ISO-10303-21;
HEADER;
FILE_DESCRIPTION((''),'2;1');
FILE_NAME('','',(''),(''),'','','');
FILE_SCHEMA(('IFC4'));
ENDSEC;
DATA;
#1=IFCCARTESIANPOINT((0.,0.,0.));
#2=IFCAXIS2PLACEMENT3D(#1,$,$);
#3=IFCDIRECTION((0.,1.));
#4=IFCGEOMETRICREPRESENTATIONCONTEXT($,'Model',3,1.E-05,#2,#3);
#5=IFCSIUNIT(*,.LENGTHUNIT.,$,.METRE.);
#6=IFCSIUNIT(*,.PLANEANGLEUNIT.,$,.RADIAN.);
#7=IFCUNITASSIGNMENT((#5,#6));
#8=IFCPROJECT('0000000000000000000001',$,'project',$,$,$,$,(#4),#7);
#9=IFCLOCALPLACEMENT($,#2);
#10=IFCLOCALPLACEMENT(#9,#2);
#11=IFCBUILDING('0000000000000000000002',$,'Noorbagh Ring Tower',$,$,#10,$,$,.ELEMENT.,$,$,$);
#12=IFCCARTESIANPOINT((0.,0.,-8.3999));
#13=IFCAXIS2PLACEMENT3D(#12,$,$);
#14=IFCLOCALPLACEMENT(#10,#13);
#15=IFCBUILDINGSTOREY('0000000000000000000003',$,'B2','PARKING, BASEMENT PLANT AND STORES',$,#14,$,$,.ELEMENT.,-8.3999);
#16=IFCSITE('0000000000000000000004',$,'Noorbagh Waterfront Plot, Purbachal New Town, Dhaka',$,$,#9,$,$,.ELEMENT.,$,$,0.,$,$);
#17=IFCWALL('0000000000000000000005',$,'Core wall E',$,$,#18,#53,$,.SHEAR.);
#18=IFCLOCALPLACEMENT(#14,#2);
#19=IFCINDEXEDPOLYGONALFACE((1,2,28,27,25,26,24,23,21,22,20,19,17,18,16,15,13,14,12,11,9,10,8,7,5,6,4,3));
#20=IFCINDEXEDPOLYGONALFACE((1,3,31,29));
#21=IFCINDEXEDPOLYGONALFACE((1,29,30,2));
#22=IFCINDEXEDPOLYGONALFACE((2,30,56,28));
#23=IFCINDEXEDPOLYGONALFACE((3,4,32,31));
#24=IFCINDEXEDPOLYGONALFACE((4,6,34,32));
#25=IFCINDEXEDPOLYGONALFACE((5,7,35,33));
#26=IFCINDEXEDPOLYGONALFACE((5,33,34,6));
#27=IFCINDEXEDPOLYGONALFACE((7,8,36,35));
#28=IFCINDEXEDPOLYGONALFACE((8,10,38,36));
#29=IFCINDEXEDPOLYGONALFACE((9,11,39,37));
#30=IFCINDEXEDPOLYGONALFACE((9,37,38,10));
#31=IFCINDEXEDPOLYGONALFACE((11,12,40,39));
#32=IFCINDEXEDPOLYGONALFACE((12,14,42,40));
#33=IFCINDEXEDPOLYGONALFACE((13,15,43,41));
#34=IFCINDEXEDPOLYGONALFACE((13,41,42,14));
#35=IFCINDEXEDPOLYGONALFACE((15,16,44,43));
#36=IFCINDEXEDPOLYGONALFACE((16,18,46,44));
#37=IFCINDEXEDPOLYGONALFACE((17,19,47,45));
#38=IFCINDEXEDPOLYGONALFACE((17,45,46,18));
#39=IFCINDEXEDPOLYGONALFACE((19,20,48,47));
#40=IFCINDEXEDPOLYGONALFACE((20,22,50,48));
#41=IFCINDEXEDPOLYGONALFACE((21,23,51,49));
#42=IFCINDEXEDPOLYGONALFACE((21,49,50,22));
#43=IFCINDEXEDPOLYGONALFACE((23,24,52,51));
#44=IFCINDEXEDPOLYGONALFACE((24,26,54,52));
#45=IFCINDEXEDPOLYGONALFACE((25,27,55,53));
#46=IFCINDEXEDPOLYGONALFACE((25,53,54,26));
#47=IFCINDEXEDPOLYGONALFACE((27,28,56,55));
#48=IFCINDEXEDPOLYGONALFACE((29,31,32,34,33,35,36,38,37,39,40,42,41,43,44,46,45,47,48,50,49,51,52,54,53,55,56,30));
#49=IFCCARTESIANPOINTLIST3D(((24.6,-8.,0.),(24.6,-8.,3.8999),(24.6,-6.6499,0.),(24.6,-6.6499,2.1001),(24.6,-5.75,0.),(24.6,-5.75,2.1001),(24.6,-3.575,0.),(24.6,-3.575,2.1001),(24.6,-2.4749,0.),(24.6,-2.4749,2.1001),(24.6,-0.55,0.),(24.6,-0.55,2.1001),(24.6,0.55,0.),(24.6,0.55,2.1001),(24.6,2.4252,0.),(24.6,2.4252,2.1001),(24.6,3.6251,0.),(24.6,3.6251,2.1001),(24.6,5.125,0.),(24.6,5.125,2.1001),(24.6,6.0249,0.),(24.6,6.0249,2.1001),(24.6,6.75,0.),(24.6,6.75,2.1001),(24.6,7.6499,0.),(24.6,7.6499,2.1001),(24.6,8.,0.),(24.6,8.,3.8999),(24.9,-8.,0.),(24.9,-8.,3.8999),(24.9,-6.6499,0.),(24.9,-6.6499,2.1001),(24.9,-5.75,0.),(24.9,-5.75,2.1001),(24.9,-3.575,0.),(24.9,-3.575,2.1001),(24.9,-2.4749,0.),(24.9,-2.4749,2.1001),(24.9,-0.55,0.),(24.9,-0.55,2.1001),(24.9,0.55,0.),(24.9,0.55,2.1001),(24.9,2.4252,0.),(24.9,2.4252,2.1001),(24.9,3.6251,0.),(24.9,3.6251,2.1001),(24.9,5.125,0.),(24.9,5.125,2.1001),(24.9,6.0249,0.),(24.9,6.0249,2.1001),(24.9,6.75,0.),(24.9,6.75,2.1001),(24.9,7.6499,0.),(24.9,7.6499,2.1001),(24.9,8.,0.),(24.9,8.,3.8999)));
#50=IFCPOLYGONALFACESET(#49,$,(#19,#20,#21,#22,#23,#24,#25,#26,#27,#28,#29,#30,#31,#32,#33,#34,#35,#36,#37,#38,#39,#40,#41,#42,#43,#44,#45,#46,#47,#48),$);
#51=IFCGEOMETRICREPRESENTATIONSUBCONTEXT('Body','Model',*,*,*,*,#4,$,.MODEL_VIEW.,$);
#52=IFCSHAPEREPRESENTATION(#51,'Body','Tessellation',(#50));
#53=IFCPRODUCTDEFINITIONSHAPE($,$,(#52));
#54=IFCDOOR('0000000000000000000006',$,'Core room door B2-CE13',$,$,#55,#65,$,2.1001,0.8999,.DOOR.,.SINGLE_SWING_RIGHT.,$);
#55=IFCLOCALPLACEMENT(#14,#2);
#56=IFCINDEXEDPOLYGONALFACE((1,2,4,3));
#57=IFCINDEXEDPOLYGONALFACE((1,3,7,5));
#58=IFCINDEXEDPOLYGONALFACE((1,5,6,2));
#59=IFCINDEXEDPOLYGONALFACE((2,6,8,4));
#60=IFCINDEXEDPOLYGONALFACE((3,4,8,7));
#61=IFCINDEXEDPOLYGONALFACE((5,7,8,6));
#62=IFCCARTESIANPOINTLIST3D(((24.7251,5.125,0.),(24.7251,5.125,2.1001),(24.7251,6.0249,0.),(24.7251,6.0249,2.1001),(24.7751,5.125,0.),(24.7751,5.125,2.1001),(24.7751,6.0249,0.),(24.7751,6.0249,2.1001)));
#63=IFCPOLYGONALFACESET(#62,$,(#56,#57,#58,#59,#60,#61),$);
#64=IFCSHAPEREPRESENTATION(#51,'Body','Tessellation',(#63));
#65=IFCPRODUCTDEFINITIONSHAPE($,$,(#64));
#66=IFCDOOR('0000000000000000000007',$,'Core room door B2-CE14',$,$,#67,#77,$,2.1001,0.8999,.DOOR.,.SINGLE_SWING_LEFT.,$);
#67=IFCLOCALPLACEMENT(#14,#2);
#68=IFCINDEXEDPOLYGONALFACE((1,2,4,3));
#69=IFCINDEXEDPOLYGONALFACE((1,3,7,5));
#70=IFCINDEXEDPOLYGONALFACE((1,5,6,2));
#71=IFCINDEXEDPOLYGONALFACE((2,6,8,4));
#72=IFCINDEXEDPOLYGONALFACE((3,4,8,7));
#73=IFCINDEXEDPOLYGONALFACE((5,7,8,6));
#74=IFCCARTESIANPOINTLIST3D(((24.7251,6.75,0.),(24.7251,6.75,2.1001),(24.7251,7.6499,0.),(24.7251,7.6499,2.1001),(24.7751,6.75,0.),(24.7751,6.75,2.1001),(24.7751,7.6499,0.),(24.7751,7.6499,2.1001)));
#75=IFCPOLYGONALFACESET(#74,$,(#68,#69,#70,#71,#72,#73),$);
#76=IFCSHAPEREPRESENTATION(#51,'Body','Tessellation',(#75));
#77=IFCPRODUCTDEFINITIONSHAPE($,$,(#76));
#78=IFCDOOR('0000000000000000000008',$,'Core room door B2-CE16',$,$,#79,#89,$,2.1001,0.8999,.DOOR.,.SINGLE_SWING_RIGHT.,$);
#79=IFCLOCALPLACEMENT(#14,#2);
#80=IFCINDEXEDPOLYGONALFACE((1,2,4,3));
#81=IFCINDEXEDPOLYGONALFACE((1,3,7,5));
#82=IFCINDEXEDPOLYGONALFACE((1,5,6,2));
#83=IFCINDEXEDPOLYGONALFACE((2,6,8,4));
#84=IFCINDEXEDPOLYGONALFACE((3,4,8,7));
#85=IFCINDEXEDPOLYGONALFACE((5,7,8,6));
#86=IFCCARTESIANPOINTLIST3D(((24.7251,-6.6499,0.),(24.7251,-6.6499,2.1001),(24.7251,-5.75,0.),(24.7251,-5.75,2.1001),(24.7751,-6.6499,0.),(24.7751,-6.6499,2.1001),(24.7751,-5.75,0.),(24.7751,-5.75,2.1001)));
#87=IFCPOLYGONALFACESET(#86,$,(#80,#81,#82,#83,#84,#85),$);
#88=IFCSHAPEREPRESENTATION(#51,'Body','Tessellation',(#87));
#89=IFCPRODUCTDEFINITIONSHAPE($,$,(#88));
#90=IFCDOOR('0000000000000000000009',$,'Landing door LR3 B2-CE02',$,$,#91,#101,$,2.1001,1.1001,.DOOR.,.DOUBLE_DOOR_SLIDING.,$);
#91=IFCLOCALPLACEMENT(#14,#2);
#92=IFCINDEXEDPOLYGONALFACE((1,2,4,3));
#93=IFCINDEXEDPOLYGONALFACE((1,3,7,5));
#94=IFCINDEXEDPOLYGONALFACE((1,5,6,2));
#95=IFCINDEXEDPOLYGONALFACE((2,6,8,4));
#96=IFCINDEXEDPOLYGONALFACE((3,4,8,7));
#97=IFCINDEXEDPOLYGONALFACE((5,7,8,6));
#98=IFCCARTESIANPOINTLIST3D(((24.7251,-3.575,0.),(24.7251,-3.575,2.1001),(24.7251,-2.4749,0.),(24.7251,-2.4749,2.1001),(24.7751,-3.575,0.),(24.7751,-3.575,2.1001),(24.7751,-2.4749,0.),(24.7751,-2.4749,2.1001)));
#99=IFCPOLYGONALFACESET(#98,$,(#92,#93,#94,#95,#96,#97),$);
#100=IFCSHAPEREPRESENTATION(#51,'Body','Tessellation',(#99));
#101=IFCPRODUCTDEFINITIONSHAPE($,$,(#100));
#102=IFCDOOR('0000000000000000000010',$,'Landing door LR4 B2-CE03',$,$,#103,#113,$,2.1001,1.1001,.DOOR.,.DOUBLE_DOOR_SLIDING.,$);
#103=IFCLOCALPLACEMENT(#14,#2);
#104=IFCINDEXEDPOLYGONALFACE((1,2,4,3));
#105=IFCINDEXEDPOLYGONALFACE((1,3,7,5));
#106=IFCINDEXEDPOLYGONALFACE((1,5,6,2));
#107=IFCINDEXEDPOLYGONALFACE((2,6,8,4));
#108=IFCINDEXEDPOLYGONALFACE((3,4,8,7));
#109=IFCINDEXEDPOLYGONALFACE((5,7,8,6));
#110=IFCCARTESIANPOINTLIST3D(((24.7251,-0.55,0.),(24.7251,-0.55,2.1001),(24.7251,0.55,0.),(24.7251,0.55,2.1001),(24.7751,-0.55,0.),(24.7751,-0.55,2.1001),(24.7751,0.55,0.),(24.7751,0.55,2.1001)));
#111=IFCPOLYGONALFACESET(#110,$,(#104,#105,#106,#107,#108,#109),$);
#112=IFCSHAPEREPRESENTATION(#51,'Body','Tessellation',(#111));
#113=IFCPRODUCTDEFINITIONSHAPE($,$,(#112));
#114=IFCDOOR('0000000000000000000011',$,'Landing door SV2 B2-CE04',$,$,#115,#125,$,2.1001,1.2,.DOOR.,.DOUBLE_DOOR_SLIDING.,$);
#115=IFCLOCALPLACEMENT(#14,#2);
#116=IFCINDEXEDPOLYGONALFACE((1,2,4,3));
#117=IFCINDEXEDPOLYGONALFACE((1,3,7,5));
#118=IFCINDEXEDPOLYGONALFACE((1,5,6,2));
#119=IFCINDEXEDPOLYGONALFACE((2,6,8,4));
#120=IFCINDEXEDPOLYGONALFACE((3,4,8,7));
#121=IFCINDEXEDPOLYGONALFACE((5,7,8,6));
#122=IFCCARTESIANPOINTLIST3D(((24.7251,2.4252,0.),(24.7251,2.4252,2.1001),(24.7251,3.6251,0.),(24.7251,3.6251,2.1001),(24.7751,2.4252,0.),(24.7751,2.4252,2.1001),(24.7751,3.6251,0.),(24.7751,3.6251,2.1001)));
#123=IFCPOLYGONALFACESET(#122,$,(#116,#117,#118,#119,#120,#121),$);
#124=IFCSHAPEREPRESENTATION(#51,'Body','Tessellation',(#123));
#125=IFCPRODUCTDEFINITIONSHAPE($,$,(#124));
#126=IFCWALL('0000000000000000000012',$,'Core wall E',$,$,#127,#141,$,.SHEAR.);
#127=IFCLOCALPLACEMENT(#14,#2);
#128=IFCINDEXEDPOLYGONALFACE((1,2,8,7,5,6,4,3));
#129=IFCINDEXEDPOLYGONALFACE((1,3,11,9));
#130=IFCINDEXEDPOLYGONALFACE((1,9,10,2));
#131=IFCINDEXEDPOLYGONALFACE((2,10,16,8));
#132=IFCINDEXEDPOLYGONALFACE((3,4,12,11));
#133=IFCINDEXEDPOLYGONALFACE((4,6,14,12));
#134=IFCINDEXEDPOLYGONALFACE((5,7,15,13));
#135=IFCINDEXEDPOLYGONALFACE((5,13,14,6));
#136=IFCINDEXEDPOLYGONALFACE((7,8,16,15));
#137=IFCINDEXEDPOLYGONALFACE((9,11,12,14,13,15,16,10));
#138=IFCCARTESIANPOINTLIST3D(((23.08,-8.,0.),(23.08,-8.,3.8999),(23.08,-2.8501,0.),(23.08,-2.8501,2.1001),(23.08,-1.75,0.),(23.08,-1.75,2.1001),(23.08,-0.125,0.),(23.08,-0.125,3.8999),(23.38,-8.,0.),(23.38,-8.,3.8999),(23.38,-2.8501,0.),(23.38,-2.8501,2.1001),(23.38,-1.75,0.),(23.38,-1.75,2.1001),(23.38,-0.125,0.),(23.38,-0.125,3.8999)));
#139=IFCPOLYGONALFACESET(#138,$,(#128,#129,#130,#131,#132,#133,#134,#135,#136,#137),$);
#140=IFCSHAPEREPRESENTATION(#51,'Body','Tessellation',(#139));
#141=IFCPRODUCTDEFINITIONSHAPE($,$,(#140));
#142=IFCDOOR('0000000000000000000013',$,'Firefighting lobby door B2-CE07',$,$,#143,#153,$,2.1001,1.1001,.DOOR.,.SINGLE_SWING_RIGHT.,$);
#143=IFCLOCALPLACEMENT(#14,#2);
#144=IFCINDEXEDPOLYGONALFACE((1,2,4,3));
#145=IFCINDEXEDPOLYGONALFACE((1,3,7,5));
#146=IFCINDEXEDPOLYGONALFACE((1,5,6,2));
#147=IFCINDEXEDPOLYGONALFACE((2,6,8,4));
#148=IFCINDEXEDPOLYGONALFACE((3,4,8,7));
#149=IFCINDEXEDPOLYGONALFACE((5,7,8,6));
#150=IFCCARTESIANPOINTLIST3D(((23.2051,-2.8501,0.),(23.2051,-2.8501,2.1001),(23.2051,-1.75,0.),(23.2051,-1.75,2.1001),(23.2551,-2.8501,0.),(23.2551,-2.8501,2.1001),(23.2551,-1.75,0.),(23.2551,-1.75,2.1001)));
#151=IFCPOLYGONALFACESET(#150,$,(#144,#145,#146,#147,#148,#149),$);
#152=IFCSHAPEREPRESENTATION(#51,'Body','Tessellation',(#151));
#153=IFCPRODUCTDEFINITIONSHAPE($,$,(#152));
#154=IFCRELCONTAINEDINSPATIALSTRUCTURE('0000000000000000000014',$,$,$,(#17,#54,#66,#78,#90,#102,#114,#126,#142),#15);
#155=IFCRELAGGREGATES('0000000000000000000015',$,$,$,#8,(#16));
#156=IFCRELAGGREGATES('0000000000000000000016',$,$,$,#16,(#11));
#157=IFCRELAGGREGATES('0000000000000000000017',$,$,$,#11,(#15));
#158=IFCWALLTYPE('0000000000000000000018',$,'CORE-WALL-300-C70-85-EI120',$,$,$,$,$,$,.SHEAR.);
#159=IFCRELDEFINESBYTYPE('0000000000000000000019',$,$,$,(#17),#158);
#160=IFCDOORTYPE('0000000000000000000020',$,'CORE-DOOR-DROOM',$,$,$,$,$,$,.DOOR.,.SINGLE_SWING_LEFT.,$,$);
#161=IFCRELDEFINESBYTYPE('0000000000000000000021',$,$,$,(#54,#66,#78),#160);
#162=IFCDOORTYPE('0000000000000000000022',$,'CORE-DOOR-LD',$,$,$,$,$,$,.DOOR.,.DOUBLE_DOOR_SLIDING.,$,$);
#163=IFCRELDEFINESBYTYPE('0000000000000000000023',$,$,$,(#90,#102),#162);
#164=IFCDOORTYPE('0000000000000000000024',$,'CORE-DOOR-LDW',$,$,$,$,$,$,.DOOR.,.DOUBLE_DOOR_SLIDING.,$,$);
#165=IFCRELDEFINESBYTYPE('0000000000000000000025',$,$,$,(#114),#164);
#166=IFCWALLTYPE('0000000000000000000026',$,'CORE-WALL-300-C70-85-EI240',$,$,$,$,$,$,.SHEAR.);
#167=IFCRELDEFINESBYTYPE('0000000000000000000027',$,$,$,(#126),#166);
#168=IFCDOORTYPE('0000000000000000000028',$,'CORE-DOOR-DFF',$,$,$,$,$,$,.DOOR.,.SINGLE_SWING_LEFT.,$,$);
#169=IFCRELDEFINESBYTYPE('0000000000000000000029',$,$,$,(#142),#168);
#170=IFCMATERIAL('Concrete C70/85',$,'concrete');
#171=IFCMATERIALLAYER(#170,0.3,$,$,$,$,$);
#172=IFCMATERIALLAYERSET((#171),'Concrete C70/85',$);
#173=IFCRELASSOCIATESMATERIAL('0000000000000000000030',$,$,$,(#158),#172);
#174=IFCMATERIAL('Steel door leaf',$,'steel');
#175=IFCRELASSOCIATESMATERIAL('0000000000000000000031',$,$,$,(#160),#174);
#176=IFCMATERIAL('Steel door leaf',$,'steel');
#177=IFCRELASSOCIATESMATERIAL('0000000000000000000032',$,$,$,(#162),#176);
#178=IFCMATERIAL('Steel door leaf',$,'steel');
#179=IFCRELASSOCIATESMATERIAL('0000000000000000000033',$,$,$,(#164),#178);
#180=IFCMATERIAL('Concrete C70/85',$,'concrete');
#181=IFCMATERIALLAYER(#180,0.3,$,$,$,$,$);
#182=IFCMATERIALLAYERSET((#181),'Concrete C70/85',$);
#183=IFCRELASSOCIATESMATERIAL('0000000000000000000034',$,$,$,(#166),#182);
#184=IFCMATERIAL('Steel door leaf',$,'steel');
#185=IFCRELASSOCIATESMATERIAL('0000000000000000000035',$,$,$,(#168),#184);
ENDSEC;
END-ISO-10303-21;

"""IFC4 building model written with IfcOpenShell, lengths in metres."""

from ifc_helpers import new_model, si_unit, direction, frame, frame_2d, origin, place, context, subcontext, project, spatial, rectangle, extrude, material, layer, layer_set, type_object, element, fill, save


model = new_model("IFC4")

# Units and contexts
model_context = context("Model", 3, precision=1e-05, world=origin(), true_north=direction((0.0, 1.0)))
body_context = subcontext(model_context, "Body", "Model", "MODEL_VIEW")
ifc_project = project(units=[si_unit("LENGTHUNIT", "METRE"), si_unit("PLANEANGLEUNIT", "RADIAN")], contexts=[model_context])

# Site, building, storey
site_placement = place(None, origin())
site = spatial("IfcSite", under=ifc_project, at=site_placement, Name="Noorbagh Waterfront Plot, Purbachal New Town, Dhaka", CompositionType="ELEMENT", RefElevation=0.0)
building_placement = place(site_placement, origin())
building = spatial("IfcBuilding", under=site, at=building_placement, Name="Noorbagh Ring Tower", CompositionType="ELEMENT")
storey_placement = place(building_placement, frame((0.0, 0.0, -8.3999)))
storey = spatial("IfcBuildingStorey", under=building, at=storey_placement, Name="B2", Description="PARKING, BASEMENT PLANT AND STORES", CompositionType="ELEMENT", Elevation=-8.3999)

# Wall, openings, doors
ifc_material_1 = material(Name="Concrete C70/85", Category="concrete")
ifc_layer_1 = layer(ifc_material_1, 0.3)
ifc_layer_set_1 = layer_set([ifc_layer_1], Name="Concrete C70/85")
wall_type_1 = type_object("IfcWallType", Name="CORE-WALL-300-C70-85-EI120", PredefinedType="SHEAR", material=ifc_layer_set_1)
wall_1_placement = place(storey_placement, frame((24.75, -8.0, 0.0), z_axis=(0.0, 0.0, 1.0), x_axis=(0.0, 1.0, 0.0)))
wall_1 = element("IfcWall", 1, at=wall_1_placement, inside=storey, type_object=wall_type_1, Name="Core wall E", PredefinedType="SHEAR", context=body_context, shape_type="SweptSolid", body=[
    extrude(rectangle(XDim=16.0, YDim=0.3, at=frame_2d((8.0, 0.0))), origin(), (0.0, 0.0, 1.0), 3.8999),
])
opening_1_placement = place(wall_1_placement, frame((4.425, 0.0, 0.0)))
opening_1 = element("IfcOpeningElement", 2, at=opening_1_placement, cuts=wall_1, PredefinedType="OPENING", context=body_context, shape_type="SweptSolid", body=[
    extrude(rectangle(XDim=1.1001, YDim=2.1001, at=frame_2d((0.55, 1.05))), frame((0.0, 0.1602, 0.0), z_axis=(0.0, -1.0, 0.0), x_axis=(1.0, 0.0, 0.0)), (0.0, 0.0, 1.0), 0.3201),
])
opening_2_placement = place(wall_1_placement, frame((7.45, 0.0, 0.0)))
opening_2 = element("IfcOpeningElement", 3, at=opening_2_placement, cuts=wall_1, PredefinedType="OPENING", context=body_context, shape_type="SweptSolid", body=[
    extrude(rectangle(XDim=1.1001, YDim=2.1001, at=frame_2d((0.55, 1.05))), frame((0.0, 0.1602, 0.0), z_axis=(0.0, -1.0, 0.0), x_axis=(1.0, 0.0, 0.0)), (0.0, 0.0, 1.0), 0.3201),
])
opening_3_placement = place(wall_1_placement, frame((10.425, 0.0, 0.0)))
opening_3 = element("IfcOpeningElement", 4, at=opening_3_placement, cuts=wall_1, PredefinedType="OPENING", context=body_context, shape_type="SweptSolid", body=[
    extrude(rectangle(XDim=1.2, YDim=2.1001, at=frame_2d((0.6001, 1.05))), frame((0.0, 0.1602, 0.0), z_axis=(0.0, -1.0, 0.0), x_axis=(1.0, 0.0, 0.0)), (0.0, 0.0, 1.0), 0.3201),
])
opening_4_placement = place(wall_1_placement, frame((13.125, 0.0, 0.0)))
opening_4 = element("IfcOpeningElement", 5, at=opening_4_placement, cuts=wall_1, PredefinedType="OPENING", context=body_context, shape_type="SweptSolid", body=[
    extrude(rectangle(XDim=0.8999, YDim=2.1001, at=frame_2d((0.45, 1.05))), frame((0.0, 0.1602, 0.0), z_axis=(0.0, -1.0, 0.0), x_axis=(1.0, 0.0, 0.0)), (0.0, 0.0, 1.0), 0.3201),
])
opening_5_placement = place(wall_1_placement, frame((14.75, 0.0, 0.0)))
opening_5 = element("IfcOpeningElement", 6, at=opening_5_placement, cuts=wall_1, PredefinedType="OPENING", context=body_context, shape_type="SweptSolid", body=[
    extrude(rectangle(XDim=0.8999, YDim=2.1001, at=frame_2d((0.45, 1.05))), frame((0.0, 0.1602, 0.0), z_axis=(0.0, -1.0, 0.0), x_axis=(1.0, 0.0, 0.0)), (0.0, 0.0, 1.0), 0.3201),
])
opening_6_placement = place(wall_1_placement, frame((1.3501, 0.0, 0.0)))
opening_6 = element("IfcOpeningElement", 7, at=opening_6_placement, cuts=wall_1, PredefinedType="OPENING", context=body_context, shape_type="SweptSolid", body=[
    extrude(rectangle(XDim=0.8999, YDim=2.1001, at=frame_2d((0.45, 1.05))), frame((0.0, 0.1602, 0.0), z_axis=(0.0, -1.0, 0.0), x_axis=(1.0, 0.0, 0.0)), (0.0, 0.0, 1.0), 0.3201),
])
ifc_material_2 = material(Name="Steel door leaf", Category="steel")
door_type_1 = type_object("IfcDoorType", Name="CORE-DOOR-DROOM", OperationType="SINGLE_SWING_LEFT", PredefinedType="DOOR", material=ifc_material_2)
door_1_placement = place(opening_4_placement, origin())
door_1 = element("IfcDoor", 8, at=door_1_placement, inside=storey, type_object=door_type_1, Name="Core room door B2-CE13", OperationType="SINGLE_SWING_RIGHT", OverallHeight=2.1001, OverallWidth=0.8999, PredefinedType="DOOR", context=body_context, shape_type="SweptSolid", body=[
    extrude(rectangle(XDim=0.8999, YDim=2.1001, at=frame_2d((0.45, 1.05))), frame((0.0, 0.0249, 0.0), z_axis=(0.0, -1.0, 0.0), x_axis=(1.0, 0.0, 0.0)), (0.0, 0.0, 1.0), 0.05),
])
fill(opening_4, door_1)
door_2_placement = place(opening_5_placement, origin())
door_2 = element("IfcDoor", 9, at=door_2_placement, inside=storey, type_object=door_type_1, Name="Core room door B2-CE14", OperationType="SINGLE_SWING_LEFT", OverallHeight=2.1001, OverallWidth=0.8999, PredefinedType="DOOR", context=body_context, shape_type="SweptSolid", body=[
    extrude(rectangle(XDim=0.8999, YDim=2.1001, at=frame_2d((0.45, 1.05))), frame((0.0, 0.0249, 0.0), z_axis=(0.0, -1.0, 0.0), x_axis=(1.0, 0.0, 0.0)), (0.0, 0.0, 1.0), 0.05),
])
fill(opening_5, door_2)
door_3_placement = place(opening_6_placement, origin())
door_3 = element("IfcDoor", 10, at=door_3_placement, inside=storey, type_object=door_type_1, Name="Core room door B2-CE16", OperationType="SINGLE_SWING_RIGHT", OverallHeight=2.1001, OverallWidth=0.8999, PredefinedType="DOOR", context=body_context, shape_type="SweptSolid", body=[
    extrude(rectangle(XDim=0.8999, YDim=2.1001, at=frame_2d((0.45, 1.05))), frame((0.0, 0.0249, 0.0), z_axis=(0.0, -1.0, 0.0), x_axis=(1.0, 0.0, 0.0)), (0.0, 0.0, 1.0), 0.05),
])
fill(opening_6, door_3)
ifc_material_3 = material(Name="Steel door leaf", Category="steel")
door_type_2 = type_object("IfcDoorType", Name="CORE-DOOR-LD", OperationType="DOUBLE_DOOR_SLIDING", PredefinedType="DOOR", material=ifc_material_3)
door_4_placement = place(opening_1_placement, origin())
door_4 = element("IfcDoor", 11, at=door_4_placement, inside=storey, type_object=door_type_2, Name="Landing door LR3 B2-CE02", OperationType="DOUBLE_DOOR_SLIDING", OverallHeight=2.1001, OverallWidth=1.1001, PredefinedType="DOOR", context=body_context, shape_type="SweptSolid", body=[
    extrude(rectangle(XDim=1.1001, YDim=2.1001, at=frame_2d((0.55, 1.05))), frame((0.0, 0.0249, 0.0), z_axis=(0.0, -1.0, 0.0), x_axis=(1.0, 0.0, 0.0)), (0.0, 0.0, 1.0), 0.05),
])
fill(opening_1, door_4)
door_5_placement = place(opening_2_placement, origin())
door_5 = element("IfcDoor", 12, at=door_5_placement, inside=storey, type_object=door_type_2, Name="Landing door LR4 B2-CE03", OperationType="DOUBLE_DOOR_SLIDING", OverallHeight=2.1001, OverallWidth=1.1001, PredefinedType="DOOR", context=body_context, shape_type="SweptSolid", body=[
    extrude(rectangle(XDim=1.1001, YDim=2.1001, at=frame_2d((0.55, 1.05))), frame((0.0, 0.0249, 0.0), z_axis=(0.0, -1.0, 0.0), x_axis=(1.0, 0.0, 0.0)), (0.0, 0.0, 1.0), 0.05),
])
fill(opening_2, door_5)
ifc_material_4 = material(Name="Steel door leaf", Category="steel")
door_type_3 = type_object("IfcDoorType", Name="CORE-DOOR-LDW", OperationType="DOUBLE_DOOR_SLIDING", PredefinedType="DOOR", material=ifc_material_4)
door_6_placement = place(opening_3_placement, origin())
door_6 = element("IfcDoor", 13, at=door_6_placement, inside=storey, type_object=door_type_3, Name="Landing door SV2 B2-CE04", OperationType="DOUBLE_DOOR_SLIDING", OverallHeight=2.1001, OverallWidth=1.2, PredefinedType="DOOR", context=body_context, shape_type="SweptSolid", body=[
    extrude(rectangle(XDim=1.2, YDim=2.1001, at=frame_2d((0.6001, 1.05))), frame((0.0, 0.0249, 0.0), z_axis=(0.0, -1.0, 0.0), x_axis=(1.0, 0.0, 0.0)), (0.0, 0.0, 1.0), 0.05),
])
fill(opening_3, door_6)

# Wall, opening, door
ifc_material_5 = material(Name="Concrete C70/85", Category="concrete")
ifc_layer_2 = layer(ifc_material_5, 0.3)
ifc_layer_set_2 = layer_set([ifc_layer_2], Name="Concrete C70/85")
wall_type_2 = type_object("IfcWallType", Name="CORE-WALL-300-C70-85-EI240", PredefinedType="SHEAR", material=ifc_layer_set_2)
wall_2_placement = place(storey_placement, frame((23.23, -8.0, 0.0), z_axis=(0.0, 0.0, 1.0), x_axis=(0.0, 1.0, 0.0)))
wall_2 = element("IfcWall", 14, at=wall_2_placement, inside=storey, type_object=wall_type_2, Name="Core wall E", PredefinedType="SHEAR", context=body_context, shape_type="SweptSolid", body=[
    extrude(rectangle(XDim=7.875, YDim=0.3, at=frame_2d((3.9375, 0.0))), origin(), (0.0, 0.0, 1.0), 3.8999),
])
opening_7_placement = place(wall_2_placement, frame((5.1499, 0.0, 0.0)))
opening_7 = element("IfcOpeningElement", 15, at=opening_7_placement, cuts=wall_2, PredefinedType="OPENING", context=body_context, shape_type="SweptSolid", body=[
    extrude(rectangle(XDim=1.1001, YDim=2.1001, at=frame_2d((0.55, 1.05))), frame((0.0, 0.1602, 0.0), z_axis=(0.0, -1.0, 0.0), x_axis=(1.0, 0.0, 0.0)), (0.0, 0.0, 1.0), 0.3201),
])
ifc_material_6 = material(Name="Steel door leaf", Category="steel")
door_type_4 = type_object("IfcDoorType", Name="CORE-DOOR-DFF", OperationType="SINGLE_SWING_LEFT", PredefinedType="DOOR", material=ifc_material_6)
door_7_placement = place(opening_7_placement, origin())
door_7 = element("IfcDoor", 16, at=door_7_placement, inside=storey, type_object=door_type_4, Name="Firefighting lobby door B2-CE07", OperationType="SINGLE_SWING_RIGHT", OverallHeight=2.1001, OverallWidth=1.1001, PredefinedType="DOOR", context=body_context, shape_type="SweptSolid", body=[
    extrude(rectangle(XDim=1.1001, YDim=2.1001, at=frame_2d((0.55, 1.05))), frame((0.0, 0.0249, 0.0), z_axis=(0.0, -1.0, 0.0), x_axis=(1.0, 0.0, 0.0)), (0.0, 0.0, 1.0), 0.05),
])
fill(opening_7, door_7)

save(model, "model.ifc")
